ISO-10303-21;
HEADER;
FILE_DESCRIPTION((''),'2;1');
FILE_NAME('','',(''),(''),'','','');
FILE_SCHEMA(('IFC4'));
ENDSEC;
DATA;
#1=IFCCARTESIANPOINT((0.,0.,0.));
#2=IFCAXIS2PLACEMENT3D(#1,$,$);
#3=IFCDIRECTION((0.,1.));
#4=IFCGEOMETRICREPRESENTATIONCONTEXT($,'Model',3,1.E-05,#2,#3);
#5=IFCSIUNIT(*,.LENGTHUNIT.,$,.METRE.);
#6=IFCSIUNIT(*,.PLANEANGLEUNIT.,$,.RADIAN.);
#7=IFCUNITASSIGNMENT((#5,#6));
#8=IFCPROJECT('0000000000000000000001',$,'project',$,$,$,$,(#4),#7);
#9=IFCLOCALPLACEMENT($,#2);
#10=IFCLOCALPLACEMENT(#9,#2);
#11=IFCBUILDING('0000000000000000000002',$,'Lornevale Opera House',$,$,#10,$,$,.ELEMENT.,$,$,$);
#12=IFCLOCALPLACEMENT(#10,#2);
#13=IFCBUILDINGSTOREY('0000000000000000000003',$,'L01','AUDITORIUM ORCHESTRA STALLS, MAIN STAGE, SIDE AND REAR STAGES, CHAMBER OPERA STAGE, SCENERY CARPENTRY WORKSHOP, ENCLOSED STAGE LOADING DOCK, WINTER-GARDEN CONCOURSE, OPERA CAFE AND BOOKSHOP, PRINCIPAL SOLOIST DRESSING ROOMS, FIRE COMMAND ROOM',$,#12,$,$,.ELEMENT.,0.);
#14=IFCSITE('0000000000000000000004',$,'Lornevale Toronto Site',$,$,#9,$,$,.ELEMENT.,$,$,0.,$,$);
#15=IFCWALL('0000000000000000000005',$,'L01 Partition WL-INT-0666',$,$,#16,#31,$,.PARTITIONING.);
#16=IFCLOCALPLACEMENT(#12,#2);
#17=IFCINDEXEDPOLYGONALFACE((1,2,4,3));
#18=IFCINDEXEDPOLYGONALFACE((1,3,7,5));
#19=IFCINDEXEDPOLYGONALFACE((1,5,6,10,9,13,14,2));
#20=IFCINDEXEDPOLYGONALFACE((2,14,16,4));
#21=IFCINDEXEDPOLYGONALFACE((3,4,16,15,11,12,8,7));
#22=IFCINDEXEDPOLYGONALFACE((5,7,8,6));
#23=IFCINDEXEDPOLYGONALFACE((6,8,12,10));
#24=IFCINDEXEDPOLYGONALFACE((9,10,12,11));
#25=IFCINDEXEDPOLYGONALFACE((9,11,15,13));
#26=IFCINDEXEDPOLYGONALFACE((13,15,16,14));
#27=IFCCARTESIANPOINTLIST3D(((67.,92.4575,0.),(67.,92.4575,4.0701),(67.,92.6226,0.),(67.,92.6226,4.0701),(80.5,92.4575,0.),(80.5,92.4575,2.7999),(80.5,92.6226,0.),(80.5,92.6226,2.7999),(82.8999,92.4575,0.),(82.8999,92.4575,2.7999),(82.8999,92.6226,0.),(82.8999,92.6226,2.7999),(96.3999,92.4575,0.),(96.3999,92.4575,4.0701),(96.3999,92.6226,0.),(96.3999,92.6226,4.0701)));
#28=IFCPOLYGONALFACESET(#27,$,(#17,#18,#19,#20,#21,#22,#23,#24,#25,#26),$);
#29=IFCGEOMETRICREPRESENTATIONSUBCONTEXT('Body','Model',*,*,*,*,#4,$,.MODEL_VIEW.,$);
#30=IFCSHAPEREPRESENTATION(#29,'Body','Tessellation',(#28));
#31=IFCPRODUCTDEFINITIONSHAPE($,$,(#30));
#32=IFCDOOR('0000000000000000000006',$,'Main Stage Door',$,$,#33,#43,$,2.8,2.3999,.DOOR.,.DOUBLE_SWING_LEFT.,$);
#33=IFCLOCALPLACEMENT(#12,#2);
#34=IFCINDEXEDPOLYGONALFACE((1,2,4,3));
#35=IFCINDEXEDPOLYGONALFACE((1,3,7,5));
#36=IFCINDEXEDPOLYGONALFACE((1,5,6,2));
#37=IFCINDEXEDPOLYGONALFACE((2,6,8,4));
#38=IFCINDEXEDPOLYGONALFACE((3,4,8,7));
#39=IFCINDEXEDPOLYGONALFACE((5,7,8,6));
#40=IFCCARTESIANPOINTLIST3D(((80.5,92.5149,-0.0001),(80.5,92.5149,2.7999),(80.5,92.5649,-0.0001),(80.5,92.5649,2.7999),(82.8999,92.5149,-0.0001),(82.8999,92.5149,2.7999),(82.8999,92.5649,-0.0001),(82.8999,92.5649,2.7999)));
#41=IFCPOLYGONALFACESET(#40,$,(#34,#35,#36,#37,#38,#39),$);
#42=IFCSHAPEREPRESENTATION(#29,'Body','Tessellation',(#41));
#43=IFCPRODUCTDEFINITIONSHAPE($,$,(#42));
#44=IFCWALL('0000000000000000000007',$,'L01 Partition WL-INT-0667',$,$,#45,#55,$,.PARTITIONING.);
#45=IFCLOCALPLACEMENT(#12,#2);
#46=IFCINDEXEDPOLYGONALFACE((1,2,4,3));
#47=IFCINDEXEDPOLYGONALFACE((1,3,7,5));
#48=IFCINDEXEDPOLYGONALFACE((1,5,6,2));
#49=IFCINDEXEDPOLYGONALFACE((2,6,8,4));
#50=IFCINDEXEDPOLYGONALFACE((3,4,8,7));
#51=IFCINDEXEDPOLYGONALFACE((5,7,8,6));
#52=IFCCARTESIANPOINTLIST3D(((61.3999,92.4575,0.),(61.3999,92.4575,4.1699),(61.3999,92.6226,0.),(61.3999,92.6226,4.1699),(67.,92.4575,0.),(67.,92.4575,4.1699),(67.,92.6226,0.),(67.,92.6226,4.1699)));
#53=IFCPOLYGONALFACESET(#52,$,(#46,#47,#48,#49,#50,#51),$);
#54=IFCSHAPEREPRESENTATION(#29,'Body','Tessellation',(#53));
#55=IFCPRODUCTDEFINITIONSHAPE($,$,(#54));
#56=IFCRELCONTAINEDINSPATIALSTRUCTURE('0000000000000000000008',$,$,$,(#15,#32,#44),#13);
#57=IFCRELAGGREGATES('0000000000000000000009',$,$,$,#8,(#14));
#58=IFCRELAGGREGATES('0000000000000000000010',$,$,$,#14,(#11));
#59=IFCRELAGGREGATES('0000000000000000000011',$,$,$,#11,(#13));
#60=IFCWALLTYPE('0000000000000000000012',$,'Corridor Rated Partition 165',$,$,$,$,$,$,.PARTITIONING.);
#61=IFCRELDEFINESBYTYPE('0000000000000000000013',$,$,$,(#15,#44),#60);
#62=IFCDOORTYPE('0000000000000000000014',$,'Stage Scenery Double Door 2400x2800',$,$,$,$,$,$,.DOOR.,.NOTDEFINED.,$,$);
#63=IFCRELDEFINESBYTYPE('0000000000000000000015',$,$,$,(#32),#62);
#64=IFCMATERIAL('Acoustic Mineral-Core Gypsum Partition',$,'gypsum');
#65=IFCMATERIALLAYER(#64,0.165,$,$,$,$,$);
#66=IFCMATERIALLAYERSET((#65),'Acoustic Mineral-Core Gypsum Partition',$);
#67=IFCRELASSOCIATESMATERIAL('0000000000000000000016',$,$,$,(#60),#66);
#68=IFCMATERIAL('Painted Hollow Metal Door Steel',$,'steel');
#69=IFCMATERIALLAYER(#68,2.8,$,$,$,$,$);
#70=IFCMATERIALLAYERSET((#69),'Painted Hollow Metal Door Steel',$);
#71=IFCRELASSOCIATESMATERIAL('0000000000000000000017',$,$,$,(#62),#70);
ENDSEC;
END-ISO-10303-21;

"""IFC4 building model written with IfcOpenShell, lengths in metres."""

from ifc_helpers import new_model, si_unit, direction, frame, frame_2d, origin, place, context, subcontext, project, spatial, rectangle, extrude, material, layer, layer_set, type_object, element, fill, save


model = new_model("IFC4")

# Units and contexts
model_context = context("Model", 3, precision=1e-05, world=origin(), true_north=direction((0.0, 1.0)))
body_context = subcontext(model_context, "Body", "Model", "MODEL_VIEW")
ifc_project = project(units=[si_unit("LENGTHUNIT", "METRE"), si_unit("PLANEANGLEUNIT", "RADIAN")], contexts=[model_context])

# Site, building, storey
site_placement = place(None, origin())
site = spatial("IfcSite", under=ifc_project, at=site_placement, Name="Lornevale Toronto Site", CompositionType="ELEMENT", RefElevation=0.0)
building_placement = place(site_placement, origin())
building = spatial("IfcBuilding", under=site, at=building_placement, Name="Lornevale Opera House", CompositionType="ELEMENT")
storey_placement = place(building_placement, origin())
storey = spatial("IfcBuildingStorey", under=building, at=storey_placement, Name="L01", Description="AUDITORIUM ORCHESTRA STALLS, MAIN STAGE, SIDE AND REAR STAGES, CHAMBER OPERA STAGE, SCENERY CARPENTRY WORKSHOP, ENCLOSED STAGE LOADING DOCK, WINTER-GARDEN CONCOURSE, OPERA CAFE AND BOOKSHOP, PRINCIPAL SOLOIST DRESSING ROOMS, FIRE COMMAND ROOM", CompositionType="ELEMENT", Elevation=0.0)

# Wall, opening, door
ifc_material_1 = material(Name="Acoustic Mineral-Core Gypsum Partition", Category="gypsum")
ifc_layer_1 = layer(ifc_material_1, 0.165)
ifc_layer_set_1 = layer_set([ifc_layer_1], Name="Acoustic Mineral-Core Gypsum Partition")
wall_type = type_object("IfcWallType", Name="Corridor Rated Partition 165", PredefinedType="PARTITIONING", material=ifc_layer_set_1)
wall_1_placement = place(storey_placement, frame((67.0, 92.54, 0.0), z_axis=(0.0, 0.0, 1.0), x_axis=(1.0, 0.0, 0.0)))
wall_1 = element("IfcWall", 1, at=wall_1_placement, inside=storey, type_object=wall_type, Name="L01 Partition WL-INT-0666", PredefinedType="PARTITIONING", context=body_context, shape_type="SweptSolid", body=[
    extrude(rectangle(XDim=29.3999, YDim=0.165, at=frame_2d((14.7, 0.0))), origin(), (0.0, 0.0, 1.0), 4.0701),
])
opening_placement = place(wall_1_placement, frame((13.5, 0.0, 0.0)))
opening = element("IfcOpeningElement", 2, at=opening_placement, cuts=wall_1, PredefinedType="OPENING", context=body_context, shape_type="SweptSolid", body=[
    extrude(rectangle(XDim=2.3999, YDim=2.8, at=frame_2d((1.2, 1.3999))), frame((0.0, 0.0925, 0.0), z_axis=(0.0, -1.0, 0.0), x_axis=(1.0, 0.0, 0.0)), (0.0, 0.0, 1.0), 0.1851),
])
ifc_material_2 = material(Name="Painted Hollow Metal Door Steel", Category="steel")
ifc_layer_2 = layer(ifc_material_2, 2.8)
ifc_layer_set_2 = layer_set([ifc_layer_2], Name="Painted Hollow Metal Door Steel")
door_type = type_object("IfcDoorType", Name="Stage Scenery Double Door 2400x2800", OperationType="NOTDEFINED", PredefinedType="DOOR", material=ifc_layer_set_2)
door_placement = place(opening_placement, origin())
door = element("IfcDoor", 3, at=door_placement, inside=storey, type_object=door_type, Name="Main Stage Door", OperationType="DOUBLE_SWING_LEFT", OverallHeight=2.8, OverallWidth=2.3999, PredefinedType="DOOR", context=body_context, shape_type="SweptSolid", body=[
    extrude(rectangle(XDim=2.3999, YDim=2.8, at=frame_2d((1.2, 1.3999))), frame((0.0, 0.0249, 0.0), z_axis=(0.0, -1.0, 0.0), x_axis=(1.0, 0.0, 0.0)), (0.0, 0.0, 1.0), 0.05),
])
fill(opening, door)

# Wall
wall_2_placement = place(storey_placement, frame((61.3999, 92.54, 0.0), z_axis=(0.0, 0.0, 1.0), x_axis=(1.0, 0.0, 0.0)))
element("IfcWall", 4, at=wall_2_placement, inside=storey, type_object=wall_type, Name="L01 Partition WL-INT-0667", PredefinedType="PARTITIONING", context=body_context, shape_type="SweptSolid", body=[
    extrude(rectangle(XDim=5.6001, YDim=0.165, at=frame_2d((2.8, 0.0))), origin(), (0.0, 0.0, 1.0), 4.1699),
])

save(model, "model.ifc")
